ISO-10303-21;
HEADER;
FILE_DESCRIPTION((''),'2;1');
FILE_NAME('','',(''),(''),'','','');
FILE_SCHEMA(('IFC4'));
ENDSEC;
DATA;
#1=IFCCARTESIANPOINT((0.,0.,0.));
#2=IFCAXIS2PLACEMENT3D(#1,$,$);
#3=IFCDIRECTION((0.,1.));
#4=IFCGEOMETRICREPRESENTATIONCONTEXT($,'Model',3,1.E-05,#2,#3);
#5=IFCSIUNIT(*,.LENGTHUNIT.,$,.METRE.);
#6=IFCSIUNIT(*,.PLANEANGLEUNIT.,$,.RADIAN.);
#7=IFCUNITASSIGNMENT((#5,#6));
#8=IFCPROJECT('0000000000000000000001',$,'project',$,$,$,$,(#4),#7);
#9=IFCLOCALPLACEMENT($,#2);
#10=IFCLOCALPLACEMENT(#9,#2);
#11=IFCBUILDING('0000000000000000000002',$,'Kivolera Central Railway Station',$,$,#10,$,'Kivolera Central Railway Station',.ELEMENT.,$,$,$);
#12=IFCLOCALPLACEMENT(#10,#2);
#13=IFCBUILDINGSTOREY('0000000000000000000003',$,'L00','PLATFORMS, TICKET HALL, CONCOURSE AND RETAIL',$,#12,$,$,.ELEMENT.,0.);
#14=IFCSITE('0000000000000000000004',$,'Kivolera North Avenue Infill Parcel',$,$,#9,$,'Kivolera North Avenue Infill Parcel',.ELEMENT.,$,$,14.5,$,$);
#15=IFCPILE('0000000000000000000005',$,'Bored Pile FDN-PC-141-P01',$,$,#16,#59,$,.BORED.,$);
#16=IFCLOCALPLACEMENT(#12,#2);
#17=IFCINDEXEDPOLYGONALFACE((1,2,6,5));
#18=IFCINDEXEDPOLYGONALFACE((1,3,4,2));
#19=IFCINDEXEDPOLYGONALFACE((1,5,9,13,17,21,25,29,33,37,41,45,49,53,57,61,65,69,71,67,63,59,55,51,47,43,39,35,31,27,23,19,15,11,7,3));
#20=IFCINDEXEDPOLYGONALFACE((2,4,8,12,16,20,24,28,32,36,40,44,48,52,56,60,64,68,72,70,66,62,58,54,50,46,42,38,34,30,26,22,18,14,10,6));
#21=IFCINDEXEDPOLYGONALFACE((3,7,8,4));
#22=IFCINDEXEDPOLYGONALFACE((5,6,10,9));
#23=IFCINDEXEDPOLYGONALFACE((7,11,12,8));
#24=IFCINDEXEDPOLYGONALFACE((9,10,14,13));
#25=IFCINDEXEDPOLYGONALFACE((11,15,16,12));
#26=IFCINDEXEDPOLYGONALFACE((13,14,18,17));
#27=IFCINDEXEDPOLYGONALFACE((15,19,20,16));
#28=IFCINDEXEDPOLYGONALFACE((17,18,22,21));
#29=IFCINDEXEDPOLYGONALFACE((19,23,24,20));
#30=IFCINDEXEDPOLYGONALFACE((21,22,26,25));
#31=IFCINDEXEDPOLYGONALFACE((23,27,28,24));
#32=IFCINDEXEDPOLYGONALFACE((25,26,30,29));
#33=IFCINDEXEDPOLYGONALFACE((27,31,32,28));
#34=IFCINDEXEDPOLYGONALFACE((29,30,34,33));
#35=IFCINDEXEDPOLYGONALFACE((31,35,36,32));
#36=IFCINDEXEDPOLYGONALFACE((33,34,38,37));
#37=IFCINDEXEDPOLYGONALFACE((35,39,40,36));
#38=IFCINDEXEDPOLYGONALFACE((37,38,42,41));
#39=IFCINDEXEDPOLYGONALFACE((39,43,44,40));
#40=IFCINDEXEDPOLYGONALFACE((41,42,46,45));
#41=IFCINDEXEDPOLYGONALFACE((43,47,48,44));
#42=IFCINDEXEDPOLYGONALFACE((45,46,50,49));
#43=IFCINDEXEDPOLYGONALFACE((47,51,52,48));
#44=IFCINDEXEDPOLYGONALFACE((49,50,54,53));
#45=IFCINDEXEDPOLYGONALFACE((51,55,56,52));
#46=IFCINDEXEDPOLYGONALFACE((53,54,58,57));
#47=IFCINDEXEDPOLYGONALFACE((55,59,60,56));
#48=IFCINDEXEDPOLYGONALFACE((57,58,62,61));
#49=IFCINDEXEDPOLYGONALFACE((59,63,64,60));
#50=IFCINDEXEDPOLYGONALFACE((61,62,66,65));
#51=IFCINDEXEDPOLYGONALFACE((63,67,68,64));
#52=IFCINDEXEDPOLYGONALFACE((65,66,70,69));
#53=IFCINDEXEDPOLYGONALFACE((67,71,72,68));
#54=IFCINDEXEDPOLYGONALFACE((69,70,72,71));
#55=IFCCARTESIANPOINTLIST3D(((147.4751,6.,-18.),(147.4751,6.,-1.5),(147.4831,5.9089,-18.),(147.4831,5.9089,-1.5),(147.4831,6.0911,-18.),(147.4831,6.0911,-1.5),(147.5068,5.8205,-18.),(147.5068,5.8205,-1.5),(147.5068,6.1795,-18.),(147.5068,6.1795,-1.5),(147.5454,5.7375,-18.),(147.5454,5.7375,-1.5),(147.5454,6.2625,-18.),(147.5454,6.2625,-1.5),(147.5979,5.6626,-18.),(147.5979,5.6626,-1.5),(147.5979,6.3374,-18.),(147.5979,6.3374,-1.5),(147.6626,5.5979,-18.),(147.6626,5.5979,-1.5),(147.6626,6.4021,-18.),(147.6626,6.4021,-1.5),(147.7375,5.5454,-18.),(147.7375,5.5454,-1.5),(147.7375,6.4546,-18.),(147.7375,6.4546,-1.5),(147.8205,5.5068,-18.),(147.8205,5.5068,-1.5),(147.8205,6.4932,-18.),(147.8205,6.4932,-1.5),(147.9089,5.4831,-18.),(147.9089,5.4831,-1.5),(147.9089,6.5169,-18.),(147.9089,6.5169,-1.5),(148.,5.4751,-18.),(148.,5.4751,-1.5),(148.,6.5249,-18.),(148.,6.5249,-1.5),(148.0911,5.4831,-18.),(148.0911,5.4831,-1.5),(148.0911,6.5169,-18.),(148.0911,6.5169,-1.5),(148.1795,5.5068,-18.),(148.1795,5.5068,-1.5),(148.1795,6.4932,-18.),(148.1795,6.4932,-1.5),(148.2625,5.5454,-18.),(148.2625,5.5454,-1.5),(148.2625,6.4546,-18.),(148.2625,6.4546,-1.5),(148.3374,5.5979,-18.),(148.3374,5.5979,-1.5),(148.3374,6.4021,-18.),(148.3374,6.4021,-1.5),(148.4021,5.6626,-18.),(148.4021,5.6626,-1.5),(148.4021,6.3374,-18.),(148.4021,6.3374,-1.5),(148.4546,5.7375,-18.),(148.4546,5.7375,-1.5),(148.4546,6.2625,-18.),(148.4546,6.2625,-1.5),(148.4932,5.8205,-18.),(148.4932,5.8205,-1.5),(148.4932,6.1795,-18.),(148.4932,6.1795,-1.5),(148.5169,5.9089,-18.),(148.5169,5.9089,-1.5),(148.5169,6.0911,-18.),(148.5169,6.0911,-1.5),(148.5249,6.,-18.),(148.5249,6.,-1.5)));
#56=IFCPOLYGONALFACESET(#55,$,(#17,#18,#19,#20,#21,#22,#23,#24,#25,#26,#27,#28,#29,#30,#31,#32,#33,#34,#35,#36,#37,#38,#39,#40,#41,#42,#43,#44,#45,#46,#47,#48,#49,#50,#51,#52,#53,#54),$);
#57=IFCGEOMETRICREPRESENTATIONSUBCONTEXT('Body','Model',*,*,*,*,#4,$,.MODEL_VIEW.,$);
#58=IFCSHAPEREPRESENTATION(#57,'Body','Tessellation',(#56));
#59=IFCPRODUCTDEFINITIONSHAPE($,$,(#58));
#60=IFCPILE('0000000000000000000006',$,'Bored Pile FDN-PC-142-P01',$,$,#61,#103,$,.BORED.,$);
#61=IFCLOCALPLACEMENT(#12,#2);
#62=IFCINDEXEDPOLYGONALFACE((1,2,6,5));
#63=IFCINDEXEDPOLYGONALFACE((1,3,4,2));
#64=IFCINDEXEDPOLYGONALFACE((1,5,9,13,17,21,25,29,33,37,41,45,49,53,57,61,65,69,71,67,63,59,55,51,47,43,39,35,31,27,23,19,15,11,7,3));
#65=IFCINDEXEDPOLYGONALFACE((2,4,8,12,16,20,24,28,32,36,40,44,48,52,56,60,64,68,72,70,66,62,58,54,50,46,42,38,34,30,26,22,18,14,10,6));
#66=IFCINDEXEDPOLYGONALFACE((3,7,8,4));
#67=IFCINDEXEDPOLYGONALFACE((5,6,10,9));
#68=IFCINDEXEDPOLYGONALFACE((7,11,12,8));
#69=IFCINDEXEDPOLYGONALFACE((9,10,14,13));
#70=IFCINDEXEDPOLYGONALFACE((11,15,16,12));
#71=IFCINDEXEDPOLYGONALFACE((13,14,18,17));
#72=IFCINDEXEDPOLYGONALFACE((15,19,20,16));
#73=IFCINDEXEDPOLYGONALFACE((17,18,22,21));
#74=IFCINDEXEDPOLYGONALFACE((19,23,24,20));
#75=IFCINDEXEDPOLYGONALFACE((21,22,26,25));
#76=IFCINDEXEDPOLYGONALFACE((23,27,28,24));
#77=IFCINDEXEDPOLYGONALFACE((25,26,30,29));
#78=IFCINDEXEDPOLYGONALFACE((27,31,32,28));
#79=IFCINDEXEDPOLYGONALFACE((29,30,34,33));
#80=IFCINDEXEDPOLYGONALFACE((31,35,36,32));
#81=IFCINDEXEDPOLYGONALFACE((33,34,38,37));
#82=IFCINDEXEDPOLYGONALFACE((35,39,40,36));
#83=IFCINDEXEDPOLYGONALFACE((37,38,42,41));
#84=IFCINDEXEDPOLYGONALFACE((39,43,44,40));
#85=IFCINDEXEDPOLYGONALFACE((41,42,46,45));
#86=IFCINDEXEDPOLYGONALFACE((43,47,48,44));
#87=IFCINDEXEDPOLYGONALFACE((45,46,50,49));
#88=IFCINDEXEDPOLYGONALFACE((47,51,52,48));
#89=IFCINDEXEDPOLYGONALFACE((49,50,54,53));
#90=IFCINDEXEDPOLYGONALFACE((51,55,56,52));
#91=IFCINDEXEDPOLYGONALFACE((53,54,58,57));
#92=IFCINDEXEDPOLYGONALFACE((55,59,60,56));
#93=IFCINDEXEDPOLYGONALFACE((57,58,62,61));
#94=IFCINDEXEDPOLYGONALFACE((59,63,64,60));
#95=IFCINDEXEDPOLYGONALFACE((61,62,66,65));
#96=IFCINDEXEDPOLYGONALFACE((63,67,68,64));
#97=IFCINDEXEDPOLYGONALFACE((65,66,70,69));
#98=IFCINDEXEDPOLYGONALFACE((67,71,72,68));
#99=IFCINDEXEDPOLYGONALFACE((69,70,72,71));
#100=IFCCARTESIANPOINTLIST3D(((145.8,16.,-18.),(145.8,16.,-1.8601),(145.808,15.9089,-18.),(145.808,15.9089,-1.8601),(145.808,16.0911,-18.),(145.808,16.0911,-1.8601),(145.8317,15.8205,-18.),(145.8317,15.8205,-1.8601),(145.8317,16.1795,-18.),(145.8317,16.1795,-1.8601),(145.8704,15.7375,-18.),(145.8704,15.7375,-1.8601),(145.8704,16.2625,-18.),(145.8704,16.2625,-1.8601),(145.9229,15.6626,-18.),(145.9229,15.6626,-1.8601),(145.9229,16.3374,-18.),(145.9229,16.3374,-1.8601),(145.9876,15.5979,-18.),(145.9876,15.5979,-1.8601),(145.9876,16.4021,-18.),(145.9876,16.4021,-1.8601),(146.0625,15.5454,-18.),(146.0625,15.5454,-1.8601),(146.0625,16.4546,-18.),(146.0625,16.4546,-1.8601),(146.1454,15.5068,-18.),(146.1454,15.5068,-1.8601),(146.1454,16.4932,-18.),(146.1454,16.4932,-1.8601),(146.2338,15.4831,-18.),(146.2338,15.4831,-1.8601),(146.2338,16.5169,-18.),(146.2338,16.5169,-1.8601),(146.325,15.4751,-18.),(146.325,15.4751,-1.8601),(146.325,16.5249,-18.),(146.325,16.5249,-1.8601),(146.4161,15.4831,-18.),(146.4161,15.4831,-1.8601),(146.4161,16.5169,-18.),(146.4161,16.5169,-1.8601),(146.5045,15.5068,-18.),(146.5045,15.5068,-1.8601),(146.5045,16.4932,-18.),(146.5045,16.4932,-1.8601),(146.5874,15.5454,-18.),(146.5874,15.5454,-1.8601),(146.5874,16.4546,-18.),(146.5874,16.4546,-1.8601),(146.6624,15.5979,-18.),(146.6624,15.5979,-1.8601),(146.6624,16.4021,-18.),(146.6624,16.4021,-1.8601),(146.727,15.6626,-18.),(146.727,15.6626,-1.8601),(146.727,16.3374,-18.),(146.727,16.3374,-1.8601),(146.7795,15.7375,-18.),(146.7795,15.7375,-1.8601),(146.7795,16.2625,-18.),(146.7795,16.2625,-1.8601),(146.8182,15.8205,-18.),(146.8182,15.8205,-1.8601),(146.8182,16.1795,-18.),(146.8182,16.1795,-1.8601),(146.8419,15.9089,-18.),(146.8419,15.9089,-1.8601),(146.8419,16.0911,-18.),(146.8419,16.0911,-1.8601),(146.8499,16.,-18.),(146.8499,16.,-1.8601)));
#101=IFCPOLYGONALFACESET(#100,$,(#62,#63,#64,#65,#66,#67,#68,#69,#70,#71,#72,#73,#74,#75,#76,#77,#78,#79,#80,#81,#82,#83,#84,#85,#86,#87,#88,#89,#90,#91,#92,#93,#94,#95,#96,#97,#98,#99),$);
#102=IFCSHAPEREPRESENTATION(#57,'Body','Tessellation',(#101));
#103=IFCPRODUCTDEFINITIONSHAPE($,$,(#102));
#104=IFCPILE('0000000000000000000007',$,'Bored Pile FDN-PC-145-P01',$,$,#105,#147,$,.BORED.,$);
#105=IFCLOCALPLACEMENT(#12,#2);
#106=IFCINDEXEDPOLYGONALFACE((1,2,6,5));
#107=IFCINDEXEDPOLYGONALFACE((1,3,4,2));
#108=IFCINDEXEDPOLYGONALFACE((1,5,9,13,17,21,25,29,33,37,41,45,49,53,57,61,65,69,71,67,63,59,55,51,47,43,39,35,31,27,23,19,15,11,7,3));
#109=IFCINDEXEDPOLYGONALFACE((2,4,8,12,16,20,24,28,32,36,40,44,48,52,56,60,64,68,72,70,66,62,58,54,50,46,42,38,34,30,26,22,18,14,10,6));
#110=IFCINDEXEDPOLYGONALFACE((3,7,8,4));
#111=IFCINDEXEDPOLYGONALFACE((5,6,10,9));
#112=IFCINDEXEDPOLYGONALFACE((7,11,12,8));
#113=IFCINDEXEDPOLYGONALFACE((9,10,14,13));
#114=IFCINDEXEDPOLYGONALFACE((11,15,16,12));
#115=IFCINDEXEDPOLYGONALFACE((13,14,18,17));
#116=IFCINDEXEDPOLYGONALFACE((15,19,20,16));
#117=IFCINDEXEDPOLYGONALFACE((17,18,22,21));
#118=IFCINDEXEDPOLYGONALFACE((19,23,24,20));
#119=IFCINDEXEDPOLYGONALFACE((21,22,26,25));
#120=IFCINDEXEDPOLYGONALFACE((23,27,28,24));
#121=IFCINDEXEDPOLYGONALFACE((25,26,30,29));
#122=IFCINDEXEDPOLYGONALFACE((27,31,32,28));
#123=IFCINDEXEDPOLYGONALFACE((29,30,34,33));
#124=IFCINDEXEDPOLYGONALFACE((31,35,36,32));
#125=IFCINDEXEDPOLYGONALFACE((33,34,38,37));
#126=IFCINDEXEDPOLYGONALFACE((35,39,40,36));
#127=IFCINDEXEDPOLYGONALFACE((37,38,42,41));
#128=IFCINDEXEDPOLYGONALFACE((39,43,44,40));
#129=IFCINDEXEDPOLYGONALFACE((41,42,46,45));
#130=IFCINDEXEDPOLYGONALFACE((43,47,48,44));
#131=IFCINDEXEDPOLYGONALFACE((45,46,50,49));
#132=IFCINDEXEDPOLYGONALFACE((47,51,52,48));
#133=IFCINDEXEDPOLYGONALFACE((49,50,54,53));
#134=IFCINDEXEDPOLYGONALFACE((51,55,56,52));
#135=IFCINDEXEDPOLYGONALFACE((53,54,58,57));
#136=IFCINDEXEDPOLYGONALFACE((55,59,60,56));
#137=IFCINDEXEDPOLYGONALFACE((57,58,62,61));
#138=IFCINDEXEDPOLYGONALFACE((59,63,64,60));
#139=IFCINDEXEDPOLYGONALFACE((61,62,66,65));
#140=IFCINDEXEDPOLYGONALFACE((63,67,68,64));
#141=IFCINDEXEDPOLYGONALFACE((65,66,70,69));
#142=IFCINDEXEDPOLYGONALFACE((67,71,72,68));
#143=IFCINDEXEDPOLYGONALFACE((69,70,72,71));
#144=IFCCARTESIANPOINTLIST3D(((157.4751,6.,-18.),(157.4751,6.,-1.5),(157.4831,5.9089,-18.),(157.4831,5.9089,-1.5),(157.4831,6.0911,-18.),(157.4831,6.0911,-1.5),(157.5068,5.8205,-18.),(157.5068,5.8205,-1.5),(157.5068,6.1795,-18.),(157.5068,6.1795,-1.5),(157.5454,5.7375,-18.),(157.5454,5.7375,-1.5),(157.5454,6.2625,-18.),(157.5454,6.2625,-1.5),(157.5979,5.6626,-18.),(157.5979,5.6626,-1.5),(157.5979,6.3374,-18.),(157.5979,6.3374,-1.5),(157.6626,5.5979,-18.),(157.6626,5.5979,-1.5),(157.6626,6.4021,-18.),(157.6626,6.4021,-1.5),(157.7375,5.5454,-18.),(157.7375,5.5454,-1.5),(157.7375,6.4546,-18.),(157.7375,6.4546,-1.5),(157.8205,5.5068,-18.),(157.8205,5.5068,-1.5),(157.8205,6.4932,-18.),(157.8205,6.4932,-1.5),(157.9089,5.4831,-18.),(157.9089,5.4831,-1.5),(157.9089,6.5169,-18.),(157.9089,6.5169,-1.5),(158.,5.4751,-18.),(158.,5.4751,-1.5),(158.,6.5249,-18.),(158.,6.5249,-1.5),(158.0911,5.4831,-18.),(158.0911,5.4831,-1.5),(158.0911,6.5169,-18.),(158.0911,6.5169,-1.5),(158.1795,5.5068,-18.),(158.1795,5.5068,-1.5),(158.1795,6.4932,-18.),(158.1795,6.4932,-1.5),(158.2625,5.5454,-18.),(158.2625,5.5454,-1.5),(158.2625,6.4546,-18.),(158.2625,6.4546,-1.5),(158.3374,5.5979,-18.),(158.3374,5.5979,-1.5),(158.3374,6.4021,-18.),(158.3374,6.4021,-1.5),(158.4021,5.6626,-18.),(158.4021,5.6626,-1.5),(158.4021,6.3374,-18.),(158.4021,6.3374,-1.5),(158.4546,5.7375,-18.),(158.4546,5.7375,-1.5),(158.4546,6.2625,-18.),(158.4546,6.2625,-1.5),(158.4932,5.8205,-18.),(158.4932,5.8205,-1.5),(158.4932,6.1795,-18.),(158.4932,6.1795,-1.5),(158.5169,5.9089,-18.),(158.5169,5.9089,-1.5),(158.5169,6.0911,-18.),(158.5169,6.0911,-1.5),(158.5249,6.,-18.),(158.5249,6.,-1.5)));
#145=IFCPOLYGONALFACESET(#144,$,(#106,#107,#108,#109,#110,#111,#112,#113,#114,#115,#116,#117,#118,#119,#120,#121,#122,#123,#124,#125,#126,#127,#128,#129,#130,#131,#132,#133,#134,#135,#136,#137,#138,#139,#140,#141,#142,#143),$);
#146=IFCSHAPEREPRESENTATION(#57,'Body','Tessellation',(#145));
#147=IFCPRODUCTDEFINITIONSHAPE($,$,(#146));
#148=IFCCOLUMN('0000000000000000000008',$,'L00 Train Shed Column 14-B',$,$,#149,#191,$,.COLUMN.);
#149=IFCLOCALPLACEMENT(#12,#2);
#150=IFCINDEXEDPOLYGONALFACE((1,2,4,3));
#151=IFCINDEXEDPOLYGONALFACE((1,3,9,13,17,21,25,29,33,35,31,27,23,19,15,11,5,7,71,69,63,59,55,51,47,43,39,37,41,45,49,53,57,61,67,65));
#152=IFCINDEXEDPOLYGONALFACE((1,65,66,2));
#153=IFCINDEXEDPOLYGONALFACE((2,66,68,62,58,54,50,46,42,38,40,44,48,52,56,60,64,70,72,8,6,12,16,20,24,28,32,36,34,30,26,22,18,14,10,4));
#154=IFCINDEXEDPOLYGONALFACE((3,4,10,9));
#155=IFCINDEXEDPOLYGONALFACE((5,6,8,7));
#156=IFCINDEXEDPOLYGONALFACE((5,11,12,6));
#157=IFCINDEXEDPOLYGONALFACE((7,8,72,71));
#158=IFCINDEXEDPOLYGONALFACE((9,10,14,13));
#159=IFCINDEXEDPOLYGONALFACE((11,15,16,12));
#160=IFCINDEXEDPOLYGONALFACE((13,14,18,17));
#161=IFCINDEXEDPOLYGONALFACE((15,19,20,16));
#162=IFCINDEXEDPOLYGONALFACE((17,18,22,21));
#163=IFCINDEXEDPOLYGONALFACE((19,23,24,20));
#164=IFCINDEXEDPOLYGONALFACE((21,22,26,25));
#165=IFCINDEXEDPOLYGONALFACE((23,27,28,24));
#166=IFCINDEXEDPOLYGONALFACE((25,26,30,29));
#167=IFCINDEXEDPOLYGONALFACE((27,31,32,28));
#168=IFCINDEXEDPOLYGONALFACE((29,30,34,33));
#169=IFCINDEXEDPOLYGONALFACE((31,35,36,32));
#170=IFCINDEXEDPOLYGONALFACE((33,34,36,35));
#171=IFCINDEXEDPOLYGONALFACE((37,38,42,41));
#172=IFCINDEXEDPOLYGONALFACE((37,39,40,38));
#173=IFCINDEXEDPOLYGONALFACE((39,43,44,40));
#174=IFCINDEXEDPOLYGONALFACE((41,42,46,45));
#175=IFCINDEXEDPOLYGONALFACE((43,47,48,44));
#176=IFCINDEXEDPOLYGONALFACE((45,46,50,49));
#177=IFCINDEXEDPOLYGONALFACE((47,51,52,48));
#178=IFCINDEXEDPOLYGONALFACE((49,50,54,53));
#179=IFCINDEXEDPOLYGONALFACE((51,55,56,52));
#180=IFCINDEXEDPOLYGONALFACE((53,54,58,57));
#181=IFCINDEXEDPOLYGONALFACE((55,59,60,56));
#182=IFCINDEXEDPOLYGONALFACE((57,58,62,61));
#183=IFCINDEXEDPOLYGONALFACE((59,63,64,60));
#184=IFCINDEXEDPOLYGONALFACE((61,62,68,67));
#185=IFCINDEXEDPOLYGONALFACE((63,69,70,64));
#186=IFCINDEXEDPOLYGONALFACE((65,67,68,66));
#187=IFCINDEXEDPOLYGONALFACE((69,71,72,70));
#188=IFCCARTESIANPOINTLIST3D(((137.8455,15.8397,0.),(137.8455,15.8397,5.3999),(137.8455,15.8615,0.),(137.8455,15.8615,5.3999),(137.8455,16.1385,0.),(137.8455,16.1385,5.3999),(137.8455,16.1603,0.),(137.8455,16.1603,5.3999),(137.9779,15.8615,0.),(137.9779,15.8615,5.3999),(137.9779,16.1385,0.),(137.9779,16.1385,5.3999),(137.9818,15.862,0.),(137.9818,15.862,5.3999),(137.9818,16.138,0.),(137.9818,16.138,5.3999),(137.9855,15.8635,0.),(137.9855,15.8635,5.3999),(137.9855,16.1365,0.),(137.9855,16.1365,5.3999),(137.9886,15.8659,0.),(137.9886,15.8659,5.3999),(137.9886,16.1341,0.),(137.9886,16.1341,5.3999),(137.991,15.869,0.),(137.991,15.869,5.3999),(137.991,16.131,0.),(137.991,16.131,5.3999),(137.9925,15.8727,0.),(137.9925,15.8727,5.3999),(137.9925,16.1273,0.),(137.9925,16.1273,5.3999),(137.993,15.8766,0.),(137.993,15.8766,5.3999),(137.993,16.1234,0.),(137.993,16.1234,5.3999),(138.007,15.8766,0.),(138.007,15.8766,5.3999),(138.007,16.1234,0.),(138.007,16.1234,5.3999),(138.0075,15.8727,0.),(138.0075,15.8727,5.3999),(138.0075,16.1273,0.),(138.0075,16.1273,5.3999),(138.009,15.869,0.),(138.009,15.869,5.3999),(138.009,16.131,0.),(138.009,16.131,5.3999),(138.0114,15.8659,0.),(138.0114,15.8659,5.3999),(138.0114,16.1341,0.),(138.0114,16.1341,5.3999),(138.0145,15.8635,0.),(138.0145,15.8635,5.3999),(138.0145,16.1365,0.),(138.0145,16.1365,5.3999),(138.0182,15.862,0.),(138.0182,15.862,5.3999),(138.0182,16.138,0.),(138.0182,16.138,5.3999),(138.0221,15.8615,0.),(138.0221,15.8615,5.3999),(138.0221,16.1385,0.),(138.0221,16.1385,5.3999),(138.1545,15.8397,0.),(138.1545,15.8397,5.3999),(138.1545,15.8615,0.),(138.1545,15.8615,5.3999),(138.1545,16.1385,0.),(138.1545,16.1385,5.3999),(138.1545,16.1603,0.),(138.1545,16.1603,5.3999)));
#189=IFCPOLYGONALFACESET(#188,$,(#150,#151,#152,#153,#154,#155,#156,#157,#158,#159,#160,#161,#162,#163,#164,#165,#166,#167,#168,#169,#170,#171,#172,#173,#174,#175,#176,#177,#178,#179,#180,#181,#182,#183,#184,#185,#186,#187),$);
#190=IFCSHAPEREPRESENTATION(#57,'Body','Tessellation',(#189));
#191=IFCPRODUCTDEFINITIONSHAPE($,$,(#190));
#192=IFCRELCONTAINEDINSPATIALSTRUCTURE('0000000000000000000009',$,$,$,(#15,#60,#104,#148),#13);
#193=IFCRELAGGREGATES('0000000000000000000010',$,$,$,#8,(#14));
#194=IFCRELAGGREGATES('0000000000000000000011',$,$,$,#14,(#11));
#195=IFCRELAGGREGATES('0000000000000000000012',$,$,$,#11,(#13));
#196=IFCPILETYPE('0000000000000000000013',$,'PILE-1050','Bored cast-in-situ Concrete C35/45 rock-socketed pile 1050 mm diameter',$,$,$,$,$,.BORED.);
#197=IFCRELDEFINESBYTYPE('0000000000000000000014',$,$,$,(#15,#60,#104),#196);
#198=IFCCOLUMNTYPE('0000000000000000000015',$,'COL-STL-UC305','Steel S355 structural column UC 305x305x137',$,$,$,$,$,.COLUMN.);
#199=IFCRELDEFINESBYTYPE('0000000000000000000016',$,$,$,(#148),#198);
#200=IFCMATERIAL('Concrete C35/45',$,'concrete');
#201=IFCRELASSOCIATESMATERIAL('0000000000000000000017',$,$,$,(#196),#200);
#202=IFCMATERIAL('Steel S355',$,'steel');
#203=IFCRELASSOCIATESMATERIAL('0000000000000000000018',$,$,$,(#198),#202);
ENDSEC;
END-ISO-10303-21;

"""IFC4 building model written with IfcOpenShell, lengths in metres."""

from ifc_helpers import new_model, si_unit, direction, frame, origin, origin_2d, place, context, subcontext, project, spatial, circle, i_section, extrude, material, material_profile, profile_set, type_object, element, save


model = new_model("IFC4")

# Units and contexts
model_context = context("Model", 3, precision=1e-05, world=origin(), true_north=direction((0.0, 1.0)))
body_context = subcontext(model_context, "Body", "Model", "MODEL_VIEW")
ifc_project = project(units=[si_unit("LENGTHUNIT", "METRE"), si_unit("PLANEANGLEUNIT", "RADIAN")], contexts=[model_context])

# Site, building, storey
site_placement = place(None, origin())
site = spatial("IfcSite", under=ifc_project, at=site_placement, Name="Kivolera North Avenue Infill Parcel", LongName="Kivolera North Avenue Infill Parcel", CompositionType="ELEMENT", RefElevation=14.5)
building_placement = place(site_placement, origin())
building = spatial("IfcBuilding", under=site, at=building_placement, Name="Kivolera Central Railway Station", LongName="Kivolera Central Railway Station", CompositionType="ELEMENT")
storey_placement = place(building_placement, origin())
storey = spatial("IfcBuildingStorey", under=building, at=storey_placement, Name="L00", Description="PLATFORMS, TICKET HALL, CONCOURSE AND RETAIL", CompositionType="ELEMENT", Elevation=0.0)

# Shared definitions
ifc_material_1 = material(Name="Concrete C35/45", Category="concrete")

# Piles
ifc_material_profile_1 = material_profile(ifc_material_1, circle(Radius=0.5249, at=origin_2d()), Name="PILE D1050")
ifc_profile_set_1 = profile_set([ifc_material_profile_1], Name="Concrete C35/45")
pile_type = type_object("IfcPileType", Name="PILE-1050", Description="Bored cast-in-situ Concrete C35/45 rock-socketed pile 1050 mm diameter", PredefinedType="BORED", material=ifc_profile_set_1)
pile_1_placement = place(storey_placement, frame((148.0, 6.0, -1.5), z_axis=(0.0, 0.0, -1.0), x_axis=(1.0, 0.0, 0.0)))
element("IfcPile", 1, at=pile_1_placement, inside=storey, type_object=pile_type, Name="Bored Pile FDN-PC-141-P01", PredefinedType="BORED", context=body_context, shape_type="SweptSolid", body=[
    extrude(circle(Radius=0.5249, at=origin_2d()), origin(), (0.0, 0.0, 1.0), 16.5),
])
pile_2_placement = place(storey_placement, frame((146.325, 16.0, -1.8601), z_axis=(0.0, 0.0, -1.0), x_axis=(1.0, 0.0, 0.0)))
element("IfcPile", 2, at=pile_2_placement, inside=storey, type_object=pile_type, Name="Bored Pile FDN-PC-142-P01", PredefinedType="BORED", context=body_context, shape_type="SweptSolid", body=[
    extrude(circle(Radius=0.5249, at=origin_2d()), origin(), (0.0, 0.0, 1.0), 16.1399),
])
pile_3_placement = place(storey_placement, frame((158.0, 6.0, -1.5), z_axis=(0.0, 0.0, -1.0), x_axis=(1.0, 0.0, 0.0)))
element("IfcPile", 3, at=pile_3_placement, inside=storey, type_object=pile_type, Name="Bored Pile FDN-PC-145-P01", PredefinedType="BORED", context=body_context, shape_type="SweptSolid", body=[
    extrude(circle(Radius=0.5249, at=origin_2d()), origin(), (0.0, 0.0, 1.0), 16.5),
])

# Column
ifc_material_2 = material(Name="Steel S355", Category="steel")
ifc_material_profile_2 = material_profile(ifc_material_2, i_section(OverallWidth=0.3091, OverallDepth=0.3206, WebThickness=0.0139, FlangeThickness=0.0217, FilletRadius=0.0151, at=origin_2d()), Name="UC 305x305x137")
ifc_profile_set_2 = profile_set([ifc_material_profile_2], Name="Steel S355")
column_type = type_object("IfcColumnType", Name="COL-STL-UC305", Description="Steel S355 structural column UC 305x305x137", PredefinedType="COLUMN", material=ifc_profile_set_2)
for number, where, z_axis, x_axis, name in (
    (4, (138.0, 16.0, 0.0), (0.0, 0.0, 1.0), (1.0, 0.0, 0.0), "L00 Train Shed Column 14-B"),
):
    element("IfcColumn", number, at=place(storey_placement, frame(where, z_axis=z_axis, x_axis=x_axis)), inside=storey, type_object=column_type, Name=name, PredefinedType="COLUMN", context=body_context, shape_type="SweptSolid", body=[
        extrude(i_section(OverallWidth=0.3091, OverallDepth=0.3206, WebThickness=0.0139, FlangeThickness=0.0217, FilletRadius=0.0151, at=origin_2d()), origin(), (0.0, 0.0, 1.0), 5.3999),
    ])

save(model, "model.ifc")
